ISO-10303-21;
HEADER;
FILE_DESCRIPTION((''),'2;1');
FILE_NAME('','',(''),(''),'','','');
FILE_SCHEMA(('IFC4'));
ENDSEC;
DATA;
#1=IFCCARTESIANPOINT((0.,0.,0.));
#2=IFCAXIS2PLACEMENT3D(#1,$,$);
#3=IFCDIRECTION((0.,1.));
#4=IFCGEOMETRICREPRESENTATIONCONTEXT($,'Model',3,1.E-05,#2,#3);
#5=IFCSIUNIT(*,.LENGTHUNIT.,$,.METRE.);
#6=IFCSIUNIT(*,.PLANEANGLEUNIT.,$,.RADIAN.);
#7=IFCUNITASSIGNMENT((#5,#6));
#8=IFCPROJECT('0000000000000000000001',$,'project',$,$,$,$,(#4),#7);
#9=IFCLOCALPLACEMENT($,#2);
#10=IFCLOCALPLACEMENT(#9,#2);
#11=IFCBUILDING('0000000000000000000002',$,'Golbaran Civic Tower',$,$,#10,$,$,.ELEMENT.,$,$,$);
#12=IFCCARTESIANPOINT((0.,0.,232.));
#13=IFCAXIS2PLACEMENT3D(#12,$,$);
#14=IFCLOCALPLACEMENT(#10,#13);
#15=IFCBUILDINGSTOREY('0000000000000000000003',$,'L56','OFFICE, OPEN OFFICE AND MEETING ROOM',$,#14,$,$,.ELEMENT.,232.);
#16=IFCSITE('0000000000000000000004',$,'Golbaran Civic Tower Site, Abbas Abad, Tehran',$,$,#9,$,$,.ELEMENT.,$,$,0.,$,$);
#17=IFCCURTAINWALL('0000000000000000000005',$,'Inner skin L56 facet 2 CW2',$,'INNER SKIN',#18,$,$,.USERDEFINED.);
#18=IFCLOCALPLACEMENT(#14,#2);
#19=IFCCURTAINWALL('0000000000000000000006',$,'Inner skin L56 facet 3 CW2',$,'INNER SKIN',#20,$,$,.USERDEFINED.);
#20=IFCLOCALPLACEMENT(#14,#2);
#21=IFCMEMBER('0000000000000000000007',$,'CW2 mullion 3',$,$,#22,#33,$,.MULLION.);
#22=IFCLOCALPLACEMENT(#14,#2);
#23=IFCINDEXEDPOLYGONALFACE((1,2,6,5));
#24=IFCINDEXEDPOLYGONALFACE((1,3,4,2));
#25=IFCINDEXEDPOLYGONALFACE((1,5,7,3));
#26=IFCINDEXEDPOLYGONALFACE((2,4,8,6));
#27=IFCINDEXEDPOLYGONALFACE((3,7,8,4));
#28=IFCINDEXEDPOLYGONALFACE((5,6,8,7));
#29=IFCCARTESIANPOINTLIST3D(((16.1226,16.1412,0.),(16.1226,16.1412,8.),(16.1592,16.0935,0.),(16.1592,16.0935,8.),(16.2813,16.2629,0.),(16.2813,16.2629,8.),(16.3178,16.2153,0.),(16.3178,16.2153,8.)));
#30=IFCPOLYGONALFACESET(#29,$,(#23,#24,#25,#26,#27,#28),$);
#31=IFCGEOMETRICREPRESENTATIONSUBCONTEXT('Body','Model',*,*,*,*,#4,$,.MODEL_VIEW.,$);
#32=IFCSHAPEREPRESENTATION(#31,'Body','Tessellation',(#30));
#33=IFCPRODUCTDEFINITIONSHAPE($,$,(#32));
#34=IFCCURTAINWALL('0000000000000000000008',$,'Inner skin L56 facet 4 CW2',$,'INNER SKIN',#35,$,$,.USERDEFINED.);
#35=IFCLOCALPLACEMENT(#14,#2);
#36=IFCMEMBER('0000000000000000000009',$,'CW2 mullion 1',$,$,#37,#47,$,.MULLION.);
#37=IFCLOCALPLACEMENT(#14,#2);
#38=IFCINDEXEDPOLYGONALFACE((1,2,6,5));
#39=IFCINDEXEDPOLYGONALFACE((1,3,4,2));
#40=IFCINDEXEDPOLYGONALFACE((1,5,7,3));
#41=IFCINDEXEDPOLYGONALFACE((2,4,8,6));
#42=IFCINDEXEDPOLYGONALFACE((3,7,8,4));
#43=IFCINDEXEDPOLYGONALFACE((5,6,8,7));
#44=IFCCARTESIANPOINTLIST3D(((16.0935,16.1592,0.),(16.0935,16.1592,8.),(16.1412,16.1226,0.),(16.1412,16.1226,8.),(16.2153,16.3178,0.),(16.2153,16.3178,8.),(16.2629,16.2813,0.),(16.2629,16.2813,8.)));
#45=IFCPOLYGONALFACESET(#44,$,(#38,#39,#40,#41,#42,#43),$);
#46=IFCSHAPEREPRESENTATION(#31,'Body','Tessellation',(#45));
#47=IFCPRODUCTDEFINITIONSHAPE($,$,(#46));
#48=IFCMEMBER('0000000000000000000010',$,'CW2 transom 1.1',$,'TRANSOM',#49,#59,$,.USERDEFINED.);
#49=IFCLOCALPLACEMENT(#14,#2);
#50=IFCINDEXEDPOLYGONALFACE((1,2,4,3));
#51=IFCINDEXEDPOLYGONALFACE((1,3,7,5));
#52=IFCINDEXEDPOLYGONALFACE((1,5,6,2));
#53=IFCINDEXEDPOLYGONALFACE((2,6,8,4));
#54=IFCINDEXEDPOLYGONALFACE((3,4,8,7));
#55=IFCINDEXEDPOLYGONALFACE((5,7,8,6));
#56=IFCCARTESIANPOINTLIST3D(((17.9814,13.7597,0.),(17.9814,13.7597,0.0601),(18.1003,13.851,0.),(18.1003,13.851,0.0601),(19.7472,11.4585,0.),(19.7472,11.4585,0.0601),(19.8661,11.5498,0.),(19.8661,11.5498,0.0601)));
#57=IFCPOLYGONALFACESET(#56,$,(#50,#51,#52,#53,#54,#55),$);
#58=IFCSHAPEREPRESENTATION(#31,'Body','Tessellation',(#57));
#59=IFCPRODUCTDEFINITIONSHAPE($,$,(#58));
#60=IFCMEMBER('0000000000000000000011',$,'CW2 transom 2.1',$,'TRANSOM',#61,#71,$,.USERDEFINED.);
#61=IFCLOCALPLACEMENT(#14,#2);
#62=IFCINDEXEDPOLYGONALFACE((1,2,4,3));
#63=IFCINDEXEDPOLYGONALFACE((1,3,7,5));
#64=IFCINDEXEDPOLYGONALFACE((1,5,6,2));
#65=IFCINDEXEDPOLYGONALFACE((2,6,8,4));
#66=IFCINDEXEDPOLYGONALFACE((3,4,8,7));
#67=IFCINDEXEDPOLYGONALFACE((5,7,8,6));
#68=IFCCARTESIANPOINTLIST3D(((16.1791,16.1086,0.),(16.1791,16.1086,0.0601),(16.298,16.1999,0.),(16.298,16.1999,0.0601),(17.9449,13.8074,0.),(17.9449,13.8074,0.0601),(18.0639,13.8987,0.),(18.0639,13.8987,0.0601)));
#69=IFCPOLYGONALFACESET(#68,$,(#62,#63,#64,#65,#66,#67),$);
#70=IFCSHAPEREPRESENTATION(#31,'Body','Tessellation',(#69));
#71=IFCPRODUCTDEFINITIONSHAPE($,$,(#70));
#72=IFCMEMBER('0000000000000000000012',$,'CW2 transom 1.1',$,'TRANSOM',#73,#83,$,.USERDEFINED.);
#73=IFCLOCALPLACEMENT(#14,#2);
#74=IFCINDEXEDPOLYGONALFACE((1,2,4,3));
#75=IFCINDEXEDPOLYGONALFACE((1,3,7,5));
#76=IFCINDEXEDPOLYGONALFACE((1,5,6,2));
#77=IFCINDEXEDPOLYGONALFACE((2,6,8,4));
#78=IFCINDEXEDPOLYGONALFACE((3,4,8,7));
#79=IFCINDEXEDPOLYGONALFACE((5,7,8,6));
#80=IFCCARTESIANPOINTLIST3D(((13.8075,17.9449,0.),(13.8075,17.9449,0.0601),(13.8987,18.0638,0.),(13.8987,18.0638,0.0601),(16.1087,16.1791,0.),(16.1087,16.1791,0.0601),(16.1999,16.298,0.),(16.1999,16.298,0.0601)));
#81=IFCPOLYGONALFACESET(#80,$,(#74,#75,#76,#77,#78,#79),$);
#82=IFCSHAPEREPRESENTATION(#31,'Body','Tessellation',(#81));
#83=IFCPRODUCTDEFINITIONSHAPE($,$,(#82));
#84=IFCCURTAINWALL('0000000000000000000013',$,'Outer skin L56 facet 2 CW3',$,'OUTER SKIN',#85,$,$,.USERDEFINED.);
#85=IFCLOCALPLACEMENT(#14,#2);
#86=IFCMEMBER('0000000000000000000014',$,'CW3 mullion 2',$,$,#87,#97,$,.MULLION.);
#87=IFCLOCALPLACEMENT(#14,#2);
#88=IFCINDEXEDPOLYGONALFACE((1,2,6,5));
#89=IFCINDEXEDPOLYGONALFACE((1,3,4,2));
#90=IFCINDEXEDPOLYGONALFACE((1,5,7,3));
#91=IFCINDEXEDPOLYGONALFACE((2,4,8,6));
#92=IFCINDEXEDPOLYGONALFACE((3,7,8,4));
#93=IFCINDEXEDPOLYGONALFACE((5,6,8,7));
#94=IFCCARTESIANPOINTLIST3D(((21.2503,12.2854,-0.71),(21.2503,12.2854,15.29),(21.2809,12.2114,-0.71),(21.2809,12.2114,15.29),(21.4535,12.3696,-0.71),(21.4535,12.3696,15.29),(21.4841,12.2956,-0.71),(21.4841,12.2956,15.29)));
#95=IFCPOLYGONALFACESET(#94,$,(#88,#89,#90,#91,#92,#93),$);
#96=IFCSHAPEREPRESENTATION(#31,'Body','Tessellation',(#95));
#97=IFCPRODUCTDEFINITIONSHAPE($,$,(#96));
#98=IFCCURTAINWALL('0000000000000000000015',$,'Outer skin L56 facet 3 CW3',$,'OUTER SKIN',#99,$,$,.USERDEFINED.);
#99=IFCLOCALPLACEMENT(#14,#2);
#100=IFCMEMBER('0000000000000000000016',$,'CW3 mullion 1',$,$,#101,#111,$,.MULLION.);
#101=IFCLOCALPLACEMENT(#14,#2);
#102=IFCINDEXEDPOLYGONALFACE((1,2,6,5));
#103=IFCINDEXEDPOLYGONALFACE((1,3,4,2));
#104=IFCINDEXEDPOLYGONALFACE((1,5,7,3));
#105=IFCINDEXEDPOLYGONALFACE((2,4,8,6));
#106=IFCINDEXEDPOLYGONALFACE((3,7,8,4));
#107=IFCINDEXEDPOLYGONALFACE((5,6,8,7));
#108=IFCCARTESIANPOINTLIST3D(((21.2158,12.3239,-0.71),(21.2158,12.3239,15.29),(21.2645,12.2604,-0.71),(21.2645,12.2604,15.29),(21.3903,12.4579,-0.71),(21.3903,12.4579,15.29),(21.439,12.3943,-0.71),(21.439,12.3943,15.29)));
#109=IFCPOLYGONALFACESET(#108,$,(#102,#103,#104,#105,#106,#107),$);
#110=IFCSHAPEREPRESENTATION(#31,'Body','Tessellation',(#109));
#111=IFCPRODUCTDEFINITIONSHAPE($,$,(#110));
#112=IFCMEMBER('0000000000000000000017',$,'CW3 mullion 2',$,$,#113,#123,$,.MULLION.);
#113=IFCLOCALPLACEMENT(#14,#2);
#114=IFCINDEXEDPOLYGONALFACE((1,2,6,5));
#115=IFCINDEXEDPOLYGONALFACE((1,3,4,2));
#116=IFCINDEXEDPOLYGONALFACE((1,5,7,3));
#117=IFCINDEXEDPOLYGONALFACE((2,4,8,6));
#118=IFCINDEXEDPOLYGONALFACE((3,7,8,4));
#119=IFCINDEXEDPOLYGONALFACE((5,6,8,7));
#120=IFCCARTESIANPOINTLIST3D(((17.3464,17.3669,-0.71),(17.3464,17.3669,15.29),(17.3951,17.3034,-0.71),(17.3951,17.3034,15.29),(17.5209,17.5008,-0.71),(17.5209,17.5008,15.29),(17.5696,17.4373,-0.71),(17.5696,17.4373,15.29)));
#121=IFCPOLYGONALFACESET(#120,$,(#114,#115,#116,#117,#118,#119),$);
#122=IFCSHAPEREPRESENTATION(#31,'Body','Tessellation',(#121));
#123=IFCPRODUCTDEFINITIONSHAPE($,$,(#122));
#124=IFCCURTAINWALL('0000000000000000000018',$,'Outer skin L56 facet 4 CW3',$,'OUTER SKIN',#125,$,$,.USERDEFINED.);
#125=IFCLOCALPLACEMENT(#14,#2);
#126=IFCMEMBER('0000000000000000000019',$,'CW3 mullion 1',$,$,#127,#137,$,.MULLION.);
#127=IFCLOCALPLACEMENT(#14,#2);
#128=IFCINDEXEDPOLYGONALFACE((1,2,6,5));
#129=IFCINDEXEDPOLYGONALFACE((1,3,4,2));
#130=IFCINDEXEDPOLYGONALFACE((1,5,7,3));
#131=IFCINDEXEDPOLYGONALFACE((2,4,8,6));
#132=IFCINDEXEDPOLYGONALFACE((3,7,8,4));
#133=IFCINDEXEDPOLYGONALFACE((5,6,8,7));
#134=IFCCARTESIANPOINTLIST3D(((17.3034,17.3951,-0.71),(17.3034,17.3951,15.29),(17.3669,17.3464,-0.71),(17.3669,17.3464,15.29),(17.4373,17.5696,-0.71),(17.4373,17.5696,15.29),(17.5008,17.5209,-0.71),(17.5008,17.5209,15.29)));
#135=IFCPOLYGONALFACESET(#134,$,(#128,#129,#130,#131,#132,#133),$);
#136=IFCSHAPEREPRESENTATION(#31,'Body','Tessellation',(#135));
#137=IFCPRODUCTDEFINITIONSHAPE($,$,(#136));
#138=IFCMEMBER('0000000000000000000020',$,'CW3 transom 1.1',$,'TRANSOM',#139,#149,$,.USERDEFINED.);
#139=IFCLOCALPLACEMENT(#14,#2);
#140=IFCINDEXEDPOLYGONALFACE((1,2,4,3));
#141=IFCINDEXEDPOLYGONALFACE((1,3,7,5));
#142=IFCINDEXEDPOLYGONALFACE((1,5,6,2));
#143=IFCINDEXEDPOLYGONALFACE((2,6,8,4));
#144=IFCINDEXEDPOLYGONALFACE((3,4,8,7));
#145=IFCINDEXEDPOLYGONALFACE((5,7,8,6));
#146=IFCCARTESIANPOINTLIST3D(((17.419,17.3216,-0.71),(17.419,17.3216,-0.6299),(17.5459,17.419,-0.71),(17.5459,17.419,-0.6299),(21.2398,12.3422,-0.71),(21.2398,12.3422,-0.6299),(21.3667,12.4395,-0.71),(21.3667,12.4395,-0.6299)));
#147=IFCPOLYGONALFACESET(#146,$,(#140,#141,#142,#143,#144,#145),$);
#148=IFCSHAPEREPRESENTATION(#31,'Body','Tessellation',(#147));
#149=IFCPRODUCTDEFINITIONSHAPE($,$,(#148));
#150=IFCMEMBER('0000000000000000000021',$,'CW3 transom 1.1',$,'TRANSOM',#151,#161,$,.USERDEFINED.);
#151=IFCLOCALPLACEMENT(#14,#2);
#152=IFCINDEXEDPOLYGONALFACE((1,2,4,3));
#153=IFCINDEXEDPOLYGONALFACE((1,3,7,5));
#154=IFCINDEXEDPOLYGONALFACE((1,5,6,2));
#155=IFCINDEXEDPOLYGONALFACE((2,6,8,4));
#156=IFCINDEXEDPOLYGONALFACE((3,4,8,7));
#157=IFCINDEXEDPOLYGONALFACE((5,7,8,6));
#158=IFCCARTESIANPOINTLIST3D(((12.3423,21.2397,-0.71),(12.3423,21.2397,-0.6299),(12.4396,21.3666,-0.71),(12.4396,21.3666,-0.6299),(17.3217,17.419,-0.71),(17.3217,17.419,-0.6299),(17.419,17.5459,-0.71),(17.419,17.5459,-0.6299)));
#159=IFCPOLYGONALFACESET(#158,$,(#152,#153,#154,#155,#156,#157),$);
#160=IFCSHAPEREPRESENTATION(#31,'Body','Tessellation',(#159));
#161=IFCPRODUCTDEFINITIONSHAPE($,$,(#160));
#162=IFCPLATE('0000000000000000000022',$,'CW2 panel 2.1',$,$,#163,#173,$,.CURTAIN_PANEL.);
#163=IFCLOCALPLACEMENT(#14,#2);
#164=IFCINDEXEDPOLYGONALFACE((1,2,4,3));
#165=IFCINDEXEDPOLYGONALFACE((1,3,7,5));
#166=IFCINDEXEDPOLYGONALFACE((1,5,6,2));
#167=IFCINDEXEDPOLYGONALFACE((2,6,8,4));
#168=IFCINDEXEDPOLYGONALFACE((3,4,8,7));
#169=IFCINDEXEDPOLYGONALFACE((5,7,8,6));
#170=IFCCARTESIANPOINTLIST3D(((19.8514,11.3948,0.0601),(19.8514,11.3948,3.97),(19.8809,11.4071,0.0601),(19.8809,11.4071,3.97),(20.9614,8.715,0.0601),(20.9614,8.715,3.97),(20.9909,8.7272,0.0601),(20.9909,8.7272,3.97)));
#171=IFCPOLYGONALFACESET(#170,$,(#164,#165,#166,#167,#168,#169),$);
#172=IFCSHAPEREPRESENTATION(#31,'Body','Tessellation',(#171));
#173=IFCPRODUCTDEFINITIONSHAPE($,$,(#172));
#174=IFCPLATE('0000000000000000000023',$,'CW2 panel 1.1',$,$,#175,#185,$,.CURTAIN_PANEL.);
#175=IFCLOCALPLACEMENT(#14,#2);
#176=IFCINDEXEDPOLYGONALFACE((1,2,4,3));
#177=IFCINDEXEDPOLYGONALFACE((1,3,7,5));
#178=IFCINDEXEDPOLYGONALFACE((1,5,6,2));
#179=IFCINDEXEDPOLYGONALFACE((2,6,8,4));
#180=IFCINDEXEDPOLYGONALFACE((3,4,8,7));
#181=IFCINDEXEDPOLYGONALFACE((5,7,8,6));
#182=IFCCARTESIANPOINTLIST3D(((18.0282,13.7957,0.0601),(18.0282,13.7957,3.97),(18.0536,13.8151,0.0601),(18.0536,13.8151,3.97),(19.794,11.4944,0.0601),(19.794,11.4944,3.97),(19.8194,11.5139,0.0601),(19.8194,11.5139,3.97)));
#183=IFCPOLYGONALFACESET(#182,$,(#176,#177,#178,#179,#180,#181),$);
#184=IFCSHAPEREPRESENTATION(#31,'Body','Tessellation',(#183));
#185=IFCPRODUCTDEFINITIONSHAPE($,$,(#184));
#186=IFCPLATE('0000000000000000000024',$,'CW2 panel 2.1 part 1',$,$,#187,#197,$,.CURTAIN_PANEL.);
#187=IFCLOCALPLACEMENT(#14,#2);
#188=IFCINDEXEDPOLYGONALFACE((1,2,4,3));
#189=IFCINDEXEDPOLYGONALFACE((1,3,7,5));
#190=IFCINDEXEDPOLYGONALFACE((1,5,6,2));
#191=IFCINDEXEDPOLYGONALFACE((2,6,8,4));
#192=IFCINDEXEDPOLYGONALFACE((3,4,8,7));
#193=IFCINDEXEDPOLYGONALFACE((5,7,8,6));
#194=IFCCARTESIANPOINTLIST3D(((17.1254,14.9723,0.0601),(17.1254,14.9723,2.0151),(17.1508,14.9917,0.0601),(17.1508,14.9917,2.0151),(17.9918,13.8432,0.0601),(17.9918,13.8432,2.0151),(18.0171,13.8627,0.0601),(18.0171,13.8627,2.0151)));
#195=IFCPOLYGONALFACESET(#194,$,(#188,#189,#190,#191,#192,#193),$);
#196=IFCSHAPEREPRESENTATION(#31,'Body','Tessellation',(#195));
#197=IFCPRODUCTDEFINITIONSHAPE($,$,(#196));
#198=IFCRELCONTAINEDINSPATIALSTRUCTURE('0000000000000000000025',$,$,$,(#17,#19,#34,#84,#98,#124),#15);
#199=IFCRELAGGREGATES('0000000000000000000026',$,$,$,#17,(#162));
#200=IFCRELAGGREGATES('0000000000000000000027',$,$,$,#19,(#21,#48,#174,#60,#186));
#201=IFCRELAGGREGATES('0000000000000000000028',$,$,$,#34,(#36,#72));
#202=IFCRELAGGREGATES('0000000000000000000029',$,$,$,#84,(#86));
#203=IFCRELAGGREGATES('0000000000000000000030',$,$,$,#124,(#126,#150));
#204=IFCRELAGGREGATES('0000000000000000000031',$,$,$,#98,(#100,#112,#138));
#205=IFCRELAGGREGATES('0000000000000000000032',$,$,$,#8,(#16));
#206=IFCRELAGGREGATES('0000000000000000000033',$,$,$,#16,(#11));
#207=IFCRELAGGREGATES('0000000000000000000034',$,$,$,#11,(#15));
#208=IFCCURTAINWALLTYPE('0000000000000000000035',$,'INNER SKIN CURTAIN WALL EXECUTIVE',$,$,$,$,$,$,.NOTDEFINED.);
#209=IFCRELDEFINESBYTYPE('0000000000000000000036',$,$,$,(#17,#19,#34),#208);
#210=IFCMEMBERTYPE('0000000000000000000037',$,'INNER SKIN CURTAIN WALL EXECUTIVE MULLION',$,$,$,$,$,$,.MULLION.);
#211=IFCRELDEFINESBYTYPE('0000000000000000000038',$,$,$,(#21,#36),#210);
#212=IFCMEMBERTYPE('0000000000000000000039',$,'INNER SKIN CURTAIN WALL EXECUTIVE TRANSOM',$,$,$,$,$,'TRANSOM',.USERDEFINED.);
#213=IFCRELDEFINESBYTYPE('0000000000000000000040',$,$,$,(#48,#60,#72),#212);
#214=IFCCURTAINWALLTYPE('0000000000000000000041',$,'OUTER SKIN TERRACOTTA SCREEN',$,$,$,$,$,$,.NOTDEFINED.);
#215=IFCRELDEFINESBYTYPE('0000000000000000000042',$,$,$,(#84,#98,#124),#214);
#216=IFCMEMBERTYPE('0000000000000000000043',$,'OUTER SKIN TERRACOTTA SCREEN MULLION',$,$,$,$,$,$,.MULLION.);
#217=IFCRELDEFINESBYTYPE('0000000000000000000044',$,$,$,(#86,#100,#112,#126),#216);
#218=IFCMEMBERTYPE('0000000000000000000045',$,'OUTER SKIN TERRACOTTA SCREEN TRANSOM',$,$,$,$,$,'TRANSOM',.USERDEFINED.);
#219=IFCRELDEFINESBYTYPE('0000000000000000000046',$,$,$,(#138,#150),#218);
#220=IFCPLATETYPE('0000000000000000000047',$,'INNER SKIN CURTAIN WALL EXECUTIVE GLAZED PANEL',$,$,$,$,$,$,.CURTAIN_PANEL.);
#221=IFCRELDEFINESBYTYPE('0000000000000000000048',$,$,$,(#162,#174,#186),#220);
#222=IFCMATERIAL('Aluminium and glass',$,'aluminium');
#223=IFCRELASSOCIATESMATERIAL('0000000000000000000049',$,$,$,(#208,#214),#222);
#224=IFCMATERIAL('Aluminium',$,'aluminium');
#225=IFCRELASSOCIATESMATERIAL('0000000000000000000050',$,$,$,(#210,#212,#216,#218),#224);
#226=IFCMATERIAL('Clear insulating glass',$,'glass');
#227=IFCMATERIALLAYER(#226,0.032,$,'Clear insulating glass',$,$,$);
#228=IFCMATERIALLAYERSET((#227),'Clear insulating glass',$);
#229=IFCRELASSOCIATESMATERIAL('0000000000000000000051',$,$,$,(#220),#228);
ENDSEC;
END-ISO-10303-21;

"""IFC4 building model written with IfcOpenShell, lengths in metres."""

from ifc_helpers import new_model, si_unit, direction, frame, origin, origin_2d, place, context, subcontext, project, spatial, rectangle, extrude, material, layer, layer_set, material_profile, profile_set, type_object, element, aggregate, save


model = new_model("IFC4")

# Units and contexts
model_context = context("Model", 3, precision=1e-05, world=origin(), true_north=direction((0.0, 1.0)))
body_context = subcontext(model_context, "Body", "Model", "MODEL_VIEW")
ifc_project = project(units=[si_unit("LENGTHUNIT", "METRE"), si_unit("PLANEANGLEUNIT", "RADIAN")], contexts=[model_context])

# Site, building, storey
site_placement = place(None, origin())
site = spatial("IfcSite", under=ifc_project, at=site_placement, Name="Golbaran Civic Tower Site, Abbas Abad, Tehran", CompositionType="ELEMENT", RefElevation=0.0)
building_placement = place(site_placement, origin())
building = spatial("IfcBuilding", under=site, at=building_placement, Name="Golbaran Civic Tower", CompositionType="ELEMENT")
storey_placement = place(building_placement, frame((0.0, 0.0, 232.0)))
storey = spatial("IfcBuildingStorey", under=building, at=storey_placement, Name="L56", Description="OFFICE, OPEN OFFICE AND MEETING ROOM", CompositionType="ELEMENT", Elevation=232.0)

# Curtain wall
ifc_material_1 = material(Name="Aluminium and glass", Category="aluminium")
curtain_wall_type_1 = type_object("IfcCurtainWallType", Name="INNER SKIN CURTAIN WALL EXECUTIVE", PredefinedType="NOTDEFINED", material=ifc_material_1)
curtain_wall_1_placement = place(storey_placement, origin())
curtain_wall_1 = element("IfcCurtainWall", 1, at=curtain_wall_1_placement, inside=storey, type_object=curtain_wall_type_1, Name="Inner skin L56 facet 2 CW2", ObjectType="INNER SKIN", PredefinedType="USERDEFINED")
ifc_material_2 = material(Name="Aluminium", Category="aluminium")
ifc_material_profile_1 = material_profile(ifc_material_2, rectangle(XDim=0.2, YDim=0.0601, at=origin_2d()), Name="INNER SKIN CURTAIN WALL EXECUTIVE MULLION")
ifc_profile_set_1 = profile_set([ifc_material_profile_1], Name="Aluminium")
member_type_1 = type_object("IfcMemberType", Name="INNER SKIN CURTAIN WALL EXECUTIVE MULLION", PredefinedType="MULLION", material=ifc_profile_set_1)

# Curtain wall, member
curtain_wall_2_placement = place(storey_placement, origin())
curtain_wall_2 = element("IfcCurtainWall", 2, at=curtain_wall_2_placement, inside=storey, type_object=curtain_wall_type_1, Name="Inner skin L56 facet 3 CW2", ObjectType="INNER SKIN", PredefinedType="USERDEFINED")
member_1_placement = place(storey_placement, frame((16.2202, 16.1782, 0.0), z_axis=(0.0, 0.0, 1.0), x_axis=(-0.793353, -0.608761, 0.0)))
member_1 = element("IfcMember", 3, at=member_1_placement, type_object=member_type_1, Name="CW2 mullion 3", PredefinedType="MULLION", context=body_context, shape_type="SweptSolid", body=[
    extrude(rectangle(XDim=0.2, YDim=0.0601, at=origin_2d()), origin(), (0.0, 0.0, 1.0), 8.0),
])

# Curtain wall, member
curtain_wall_3_placement = place(storey_placement, origin())
curtain_wall_3 = element("IfcCurtainWall", 4, at=curtain_wall_3_placement, inside=storey, type_object=curtain_wall_type_1, Name="Inner skin L56 facet 4 CW2", ObjectType="INNER SKIN", PredefinedType="USERDEFINED")
member_2_placement = place(storey_placement, frame((16.1782, 16.2202, 0.0), z_axis=(0.0, 0.0, 1.0), x_axis=(-0.608761, -0.793353, 0.0)))
member_2 = element("IfcMember", 5, at=member_2_placement, type_object=member_type_1, Name="CW2 mullion 1", PredefinedType="MULLION", context=body_context, shape_type="SweptSolid", body=[
    extrude(rectangle(XDim=0.2, YDim=0.0601, at=origin_2d()), origin(), (0.0, 0.0, 1.0), 8.0),
])

# Members
ifc_material_profile_2 = material_profile(ifc_material_2, rectangle(XDim=0.1499, YDim=0.0601, at=origin_2d()), Name="INNER SKIN CURTAIN WALL EXECUTIVE TRANSOM")
ifc_profile_set_2 = profile_set([ifc_material_profile_2], Name="Aluminium")
member_type_2 = type_object("IfcMemberType", Name="INNER SKIN CURTAIN WALL EXECUTIVE TRANSOM", ElementType="TRANSOM", PredefinedType="USERDEFINED", material=ifc_profile_set_2)
member_3_placement = place(storey_placement, frame((19.8066, 11.5042, 0.03), z_axis=(-0.608771, 0.793346, 0.0), x_axis=(-0.793346, -0.608771, 0.0)))
member_3 = element("IfcMember", 6, at=member_3_placement, type_object=member_type_2, Name="CW2 transom 1.1", ObjectType="TRANSOM", PredefinedType="USERDEFINED", context=body_context, shape_type="SweptSolid", body=[
    extrude(rectangle(XDim=0.1499, YDim=0.0601, at=origin_2d()), origin(), (0.0, 0.0, 1.0), 2.9006),
])
member_4_placement = place(storey_placement, frame((18.0044, 13.853, 0.03), z_axis=(-0.608771, 0.793346, 0.0), x_axis=(-0.793346, -0.608771, 0.0)))
member_4 = element("IfcMember", 7, at=member_4_placement, type_object=member_type_2, Name="CW2 transom 2.1", ObjectType="TRANSOM", PredefinedType="USERDEFINED", context=body_context, shape_type="SweptSolid", body=[
    extrude(rectangle(XDim=0.1499, YDim=0.0601, at=origin_2d()), origin(), (0.0, 0.0, 1.0), 2.9006),
])
member_5_placement = place(storey_placement, frame((16.1543, 16.2385, 0.03), z_axis=(-0.793346, 0.608771, 0.0), x_axis=(-0.608771, -0.793346, 0.0)))
member_5 = element("IfcMember", 8, at=member_5_placement, type_object=member_type_2, Name="CW2 transom 1.1", ObjectType="TRANSOM", PredefinedType="USERDEFINED", context=body_context, shape_type="SweptSolid", body=[
    extrude(rectangle(XDim=0.1499, YDim=0.0601, at=origin_2d()), origin(), (0.0, 0.0, 1.0), 2.9006),
])

# Curtain wall, member
curtain_wall_type_2 = type_object("IfcCurtainWallType", Name="OUTER SKIN TERRACOTTA SCREEN", PredefinedType="NOTDEFINED", material=ifc_material_1)
curtain_wall_4_placement = place(storey_placement, origin())
curtain_wall_4 = element("IfcCurtainWall", 9, at=curtain_wall_4_placement, inside=storey, type_object=curtain_wall_type_2, Name="Outer skin L56 facet 2 CW3", ObjectType="OUTER SKIN", PredefinedType="USERDEFINED")
ifc_material_profile_3 = material_profile(ifc_material_2, rectangle(XDim=0.22, YDim=0.0801, at=origin_2d()), Name="OUTER SKIN TERRACOTTA SCREEN MULLION")
ifc_profile_set_3 = profile_set([ifc_material_profile_3], Name="Aluminium")
member_type_3 = type_object("IfcMemberType", Name="OUTER SKIN TERRACOTTA SCREEN MULLION", PredefinedType="MULLION", material=ifc_profile_set_3)
member_6_placement = place(storey_placement, frame((21.3672, 12.2905, -0.71), z_axis=(0.0, 0.0, 1.0), x_axis=(-0.92388, -0.382683, 0.0)))
member_6 = element("IfcMember", 10, at=member_6_placement, type_object=member_type_3, Name="CW3 mullion 2", PredefinedType="MULLION", context=body_context, shape_type="SweptSolid", body=[
    extrude(rectangle(XDim=0.22, YDim=0.0801, at=origin_2d()), origin(), (0.0, 0.0, 1.0), 16.0),
])

# Curtain wall, members
curtain_wall_5_placement = place(storey_placement, origin())
curtain_wall_5 = element("IfcCurtainWall", 11, at=curtain_wall_5_placement, inside=storey, type_object=curtain_wall_type_2, Name="Outer skin L56 facet 3 CW3", ObjectType="OUTER SKIN", PredefinedType="USERDEFINED")
member_7_placement = place(storey_placement, frame((21.3274, 12.3591, -0.71), z_axis=(0.0, 0.0, 1.0), x_axis=(-0.793353, -0.608761, 0.0)))
member_7 = element("IfcMember", 12, at=member_7_placement, type_object=member_type_3, Name="CW3 mullion 1", PredefinedType="MULLION", context=body_context, shape_type="SweptSolid", body=[
    extrude(rectangle(XDim=0.22, YDim=0.0801, at=origin_2d()), origin(), (0.0, 0.0, 1.0), 16.0),
])
member_8_placement = place(storey_placement, frame((17.458, 17.4021, -0.71), z_axis=(0.0, 0.0, 1.0), x_axis=(-0.793353, -0.608761, 0.0)))
member_8 = element("IfcMember", 13, at=member_8_placement, type_object=member_type_3, Name="CW3 mullion 2", PredefinedType="MULLION", context=body_context, shape_type="SweptSolid", body=[
    extrude(rectangle(XDim=0.22, YDim=0.0801, at=origin_2d()), origin(), (0.0, 0.0, 1.0), 16.0),
])

# Curtain wall, member
curtain_wall_6_placement = place(storey_placement, origin())
curtain_wall_6 = element("IfcCurtainWall", 14, at=curtain_wall_6_placement, inside=storey, type_object=curtain_wall_type_2, Name="Outer skin L56 facet 4 CW3", ObjectType="OUTER SKIN", PredefinedType="USERDEFINED")
member_9_placement = place(storey_placement, frame((17.4021, 17.458, -0.71), z_axis=(0.0, 0.0, 1.0), x_axis=(-0.608761, -0.793353, 0.0)))
member_9 = element("IfcMember", 15, at=member_9_placement, type_object=member_type_3, Name="CW3 mullion 1", PredefinedType="MULLION", context=body_context, shape_type="SweptSolid", body=[
    extrude(rectangle(XDim=0.22, YDim=0.0801, at=origin_2d()), origin(), (0.0, 0.0, 1.0), 16.0),
])

# Members
ifc_material_profile_4 = material_profile(ifc_material_2, rectangle(XDim=0.1599, YDim=0.0801, at=origin_2d()), Name="OUTER SKIN TERRACOTTA SCREEN TRANSOM")
ifc_profile_set_4 = profile_set([ifc_material_profile_4], Name="Aluminium")
member_type_4 = type_object("IfcMemberType", Name="OUTER SKIN TERRACOTTA SCREEN TRANSOM", ElementType="TRANSOM", PredefinedType="USERDEFINED", material=ifc_profile_set_4)
member_10_placement = place(storey_placement, frame((21.3032, 12.3909, -0.6699), z_axis=(-0.608752, 0.793361, 0.0), x_axis=(-0.793361, -0.608752, 0.0)))
member_10 = element("IfcMember", 16, at=member_10_placement, type_object=member_type_4, Name="CW3 transom 1.1", ObjectType="TRANSOM", PredefinedType="USERDEFINED", context=body_context, shape_type="SweptSolid", body=[
    extrude(rectangle(XDim=0.1599, YDim=0.0801, at=origin_2d()), origin(), (0.0, 0.0, 1.0), 6.2764),
])
member_11_placement = place(storey_placement, frame((17.3704, 17.4824, -0.6699), z_axis=(-0.793361, 0.608752, 0.0), x_axis=(-0.608752, -0.793361, 0.0)))
member_11 = element("IfcMember", 17, at=member_11_placement, type_object=member_type_4, Name="CW3 transom 1.1", ObjectType="TRANSOM", PredefinedType="USERDEFINED", context=body_context, shape_type="SweptSolid", body=[
    extrude(rectangle(XDim=0.1599, YDim=0.0801, at=origin_2d()), origin(), (0.0, 0.0, 1.0), 6.2764),
])

# Plates
ifc_material_3 = material(Name="Clear insulating glass", Category="glass")
ifc_layer_1 = layer(ifc_material_3, 0.032, Name="Clear insulating glass")
ifc_layer_set_1 = layer_set([ifc_layer_1], Name="Clear insulating glass")
plate_type_1 = type_object("IfcPlateType", Name="INNER SKIN CURTAIN WALL EXECUTIVE GLAZED PANEL", PredefinedType="CURTAIN_PANEL", material=ifc_layer_set_1)
plate_1_placement = place(storey_placement, frame((20.4211, 10.061, 0.0601), z_axis=(0.0, 0.0, 1.0), x_axis=(-0.382683, 0.92388, 0.0)))
plate_1 = element("IfcPlate", 18, at=plate_1_placement, type_object=plate_type_1, Name="CW2 panel 2.1", PredefinedType="CURTAIN_PANEL", context=body_context, shape_type="SweptSolid", body=[
    extrude(rectangle(XDim=2.9006, YDim=0.032, at=origin_2d()), origin(), (0.0, 0.0, 1.0), 3.9099),
])
aggregate(curtain_wall_1, [plate_1])
plate_2_placement = place(storey_placement, frame((18.9238, 12.6548, 0.0601), z_axis=(0.0, 0.0, 1.0), x_axis=(-0.608761, 0.793353, 0.0)))
plate_2 = element("IfcPlate", 19, at=plate_2_placement, type_object=plate_type_1, Name="CW2 panel 1.1", PredefinedType="CURTAIN_PANEL", context=body_context, shape_type="SweptSolid", body=[
    extrude(rectangle(XDim=2.9006, YDim=0.032, at=origin_2d()), origin(), (0.0, 0.0, 1.0), 3.9099),
])
plate_3_placement = place(storey_placement, frame((17.5713, 14.4175, 0.0601), z_axis=(0.0, 0.0, 1.0), x_axis=(-0.608761, 0.793353, 0.0)))
plate_3 = element("IfcPlate", 20, at=plate_3_placement, type_object=plate_type_1, Name="CW2 panel 2.1 part 1", PredefinedType="CURTAIN_PANEL", context=body_context, shape_type="SweptSolid", body=[
    extrude(rectangle(XDim=1.4231, YDim=0.032, at=origin_2d()), origin(), (0.0, 0.0, 1.0), 1.9551),
])
aggregate(curtain_wall_2, [member_1, member_3, plate_2, member_4, plate_3])
aggregate(curtain_wall_3, [member_2, member_5])
aggregate(curtain_wall_4, [member_6])
aggregate(curtain_wall_6, [member_9, member_11])
aggregate(curtain_wall_5, [member_7, member_8, member_10])

save(model, "model.ifc")
